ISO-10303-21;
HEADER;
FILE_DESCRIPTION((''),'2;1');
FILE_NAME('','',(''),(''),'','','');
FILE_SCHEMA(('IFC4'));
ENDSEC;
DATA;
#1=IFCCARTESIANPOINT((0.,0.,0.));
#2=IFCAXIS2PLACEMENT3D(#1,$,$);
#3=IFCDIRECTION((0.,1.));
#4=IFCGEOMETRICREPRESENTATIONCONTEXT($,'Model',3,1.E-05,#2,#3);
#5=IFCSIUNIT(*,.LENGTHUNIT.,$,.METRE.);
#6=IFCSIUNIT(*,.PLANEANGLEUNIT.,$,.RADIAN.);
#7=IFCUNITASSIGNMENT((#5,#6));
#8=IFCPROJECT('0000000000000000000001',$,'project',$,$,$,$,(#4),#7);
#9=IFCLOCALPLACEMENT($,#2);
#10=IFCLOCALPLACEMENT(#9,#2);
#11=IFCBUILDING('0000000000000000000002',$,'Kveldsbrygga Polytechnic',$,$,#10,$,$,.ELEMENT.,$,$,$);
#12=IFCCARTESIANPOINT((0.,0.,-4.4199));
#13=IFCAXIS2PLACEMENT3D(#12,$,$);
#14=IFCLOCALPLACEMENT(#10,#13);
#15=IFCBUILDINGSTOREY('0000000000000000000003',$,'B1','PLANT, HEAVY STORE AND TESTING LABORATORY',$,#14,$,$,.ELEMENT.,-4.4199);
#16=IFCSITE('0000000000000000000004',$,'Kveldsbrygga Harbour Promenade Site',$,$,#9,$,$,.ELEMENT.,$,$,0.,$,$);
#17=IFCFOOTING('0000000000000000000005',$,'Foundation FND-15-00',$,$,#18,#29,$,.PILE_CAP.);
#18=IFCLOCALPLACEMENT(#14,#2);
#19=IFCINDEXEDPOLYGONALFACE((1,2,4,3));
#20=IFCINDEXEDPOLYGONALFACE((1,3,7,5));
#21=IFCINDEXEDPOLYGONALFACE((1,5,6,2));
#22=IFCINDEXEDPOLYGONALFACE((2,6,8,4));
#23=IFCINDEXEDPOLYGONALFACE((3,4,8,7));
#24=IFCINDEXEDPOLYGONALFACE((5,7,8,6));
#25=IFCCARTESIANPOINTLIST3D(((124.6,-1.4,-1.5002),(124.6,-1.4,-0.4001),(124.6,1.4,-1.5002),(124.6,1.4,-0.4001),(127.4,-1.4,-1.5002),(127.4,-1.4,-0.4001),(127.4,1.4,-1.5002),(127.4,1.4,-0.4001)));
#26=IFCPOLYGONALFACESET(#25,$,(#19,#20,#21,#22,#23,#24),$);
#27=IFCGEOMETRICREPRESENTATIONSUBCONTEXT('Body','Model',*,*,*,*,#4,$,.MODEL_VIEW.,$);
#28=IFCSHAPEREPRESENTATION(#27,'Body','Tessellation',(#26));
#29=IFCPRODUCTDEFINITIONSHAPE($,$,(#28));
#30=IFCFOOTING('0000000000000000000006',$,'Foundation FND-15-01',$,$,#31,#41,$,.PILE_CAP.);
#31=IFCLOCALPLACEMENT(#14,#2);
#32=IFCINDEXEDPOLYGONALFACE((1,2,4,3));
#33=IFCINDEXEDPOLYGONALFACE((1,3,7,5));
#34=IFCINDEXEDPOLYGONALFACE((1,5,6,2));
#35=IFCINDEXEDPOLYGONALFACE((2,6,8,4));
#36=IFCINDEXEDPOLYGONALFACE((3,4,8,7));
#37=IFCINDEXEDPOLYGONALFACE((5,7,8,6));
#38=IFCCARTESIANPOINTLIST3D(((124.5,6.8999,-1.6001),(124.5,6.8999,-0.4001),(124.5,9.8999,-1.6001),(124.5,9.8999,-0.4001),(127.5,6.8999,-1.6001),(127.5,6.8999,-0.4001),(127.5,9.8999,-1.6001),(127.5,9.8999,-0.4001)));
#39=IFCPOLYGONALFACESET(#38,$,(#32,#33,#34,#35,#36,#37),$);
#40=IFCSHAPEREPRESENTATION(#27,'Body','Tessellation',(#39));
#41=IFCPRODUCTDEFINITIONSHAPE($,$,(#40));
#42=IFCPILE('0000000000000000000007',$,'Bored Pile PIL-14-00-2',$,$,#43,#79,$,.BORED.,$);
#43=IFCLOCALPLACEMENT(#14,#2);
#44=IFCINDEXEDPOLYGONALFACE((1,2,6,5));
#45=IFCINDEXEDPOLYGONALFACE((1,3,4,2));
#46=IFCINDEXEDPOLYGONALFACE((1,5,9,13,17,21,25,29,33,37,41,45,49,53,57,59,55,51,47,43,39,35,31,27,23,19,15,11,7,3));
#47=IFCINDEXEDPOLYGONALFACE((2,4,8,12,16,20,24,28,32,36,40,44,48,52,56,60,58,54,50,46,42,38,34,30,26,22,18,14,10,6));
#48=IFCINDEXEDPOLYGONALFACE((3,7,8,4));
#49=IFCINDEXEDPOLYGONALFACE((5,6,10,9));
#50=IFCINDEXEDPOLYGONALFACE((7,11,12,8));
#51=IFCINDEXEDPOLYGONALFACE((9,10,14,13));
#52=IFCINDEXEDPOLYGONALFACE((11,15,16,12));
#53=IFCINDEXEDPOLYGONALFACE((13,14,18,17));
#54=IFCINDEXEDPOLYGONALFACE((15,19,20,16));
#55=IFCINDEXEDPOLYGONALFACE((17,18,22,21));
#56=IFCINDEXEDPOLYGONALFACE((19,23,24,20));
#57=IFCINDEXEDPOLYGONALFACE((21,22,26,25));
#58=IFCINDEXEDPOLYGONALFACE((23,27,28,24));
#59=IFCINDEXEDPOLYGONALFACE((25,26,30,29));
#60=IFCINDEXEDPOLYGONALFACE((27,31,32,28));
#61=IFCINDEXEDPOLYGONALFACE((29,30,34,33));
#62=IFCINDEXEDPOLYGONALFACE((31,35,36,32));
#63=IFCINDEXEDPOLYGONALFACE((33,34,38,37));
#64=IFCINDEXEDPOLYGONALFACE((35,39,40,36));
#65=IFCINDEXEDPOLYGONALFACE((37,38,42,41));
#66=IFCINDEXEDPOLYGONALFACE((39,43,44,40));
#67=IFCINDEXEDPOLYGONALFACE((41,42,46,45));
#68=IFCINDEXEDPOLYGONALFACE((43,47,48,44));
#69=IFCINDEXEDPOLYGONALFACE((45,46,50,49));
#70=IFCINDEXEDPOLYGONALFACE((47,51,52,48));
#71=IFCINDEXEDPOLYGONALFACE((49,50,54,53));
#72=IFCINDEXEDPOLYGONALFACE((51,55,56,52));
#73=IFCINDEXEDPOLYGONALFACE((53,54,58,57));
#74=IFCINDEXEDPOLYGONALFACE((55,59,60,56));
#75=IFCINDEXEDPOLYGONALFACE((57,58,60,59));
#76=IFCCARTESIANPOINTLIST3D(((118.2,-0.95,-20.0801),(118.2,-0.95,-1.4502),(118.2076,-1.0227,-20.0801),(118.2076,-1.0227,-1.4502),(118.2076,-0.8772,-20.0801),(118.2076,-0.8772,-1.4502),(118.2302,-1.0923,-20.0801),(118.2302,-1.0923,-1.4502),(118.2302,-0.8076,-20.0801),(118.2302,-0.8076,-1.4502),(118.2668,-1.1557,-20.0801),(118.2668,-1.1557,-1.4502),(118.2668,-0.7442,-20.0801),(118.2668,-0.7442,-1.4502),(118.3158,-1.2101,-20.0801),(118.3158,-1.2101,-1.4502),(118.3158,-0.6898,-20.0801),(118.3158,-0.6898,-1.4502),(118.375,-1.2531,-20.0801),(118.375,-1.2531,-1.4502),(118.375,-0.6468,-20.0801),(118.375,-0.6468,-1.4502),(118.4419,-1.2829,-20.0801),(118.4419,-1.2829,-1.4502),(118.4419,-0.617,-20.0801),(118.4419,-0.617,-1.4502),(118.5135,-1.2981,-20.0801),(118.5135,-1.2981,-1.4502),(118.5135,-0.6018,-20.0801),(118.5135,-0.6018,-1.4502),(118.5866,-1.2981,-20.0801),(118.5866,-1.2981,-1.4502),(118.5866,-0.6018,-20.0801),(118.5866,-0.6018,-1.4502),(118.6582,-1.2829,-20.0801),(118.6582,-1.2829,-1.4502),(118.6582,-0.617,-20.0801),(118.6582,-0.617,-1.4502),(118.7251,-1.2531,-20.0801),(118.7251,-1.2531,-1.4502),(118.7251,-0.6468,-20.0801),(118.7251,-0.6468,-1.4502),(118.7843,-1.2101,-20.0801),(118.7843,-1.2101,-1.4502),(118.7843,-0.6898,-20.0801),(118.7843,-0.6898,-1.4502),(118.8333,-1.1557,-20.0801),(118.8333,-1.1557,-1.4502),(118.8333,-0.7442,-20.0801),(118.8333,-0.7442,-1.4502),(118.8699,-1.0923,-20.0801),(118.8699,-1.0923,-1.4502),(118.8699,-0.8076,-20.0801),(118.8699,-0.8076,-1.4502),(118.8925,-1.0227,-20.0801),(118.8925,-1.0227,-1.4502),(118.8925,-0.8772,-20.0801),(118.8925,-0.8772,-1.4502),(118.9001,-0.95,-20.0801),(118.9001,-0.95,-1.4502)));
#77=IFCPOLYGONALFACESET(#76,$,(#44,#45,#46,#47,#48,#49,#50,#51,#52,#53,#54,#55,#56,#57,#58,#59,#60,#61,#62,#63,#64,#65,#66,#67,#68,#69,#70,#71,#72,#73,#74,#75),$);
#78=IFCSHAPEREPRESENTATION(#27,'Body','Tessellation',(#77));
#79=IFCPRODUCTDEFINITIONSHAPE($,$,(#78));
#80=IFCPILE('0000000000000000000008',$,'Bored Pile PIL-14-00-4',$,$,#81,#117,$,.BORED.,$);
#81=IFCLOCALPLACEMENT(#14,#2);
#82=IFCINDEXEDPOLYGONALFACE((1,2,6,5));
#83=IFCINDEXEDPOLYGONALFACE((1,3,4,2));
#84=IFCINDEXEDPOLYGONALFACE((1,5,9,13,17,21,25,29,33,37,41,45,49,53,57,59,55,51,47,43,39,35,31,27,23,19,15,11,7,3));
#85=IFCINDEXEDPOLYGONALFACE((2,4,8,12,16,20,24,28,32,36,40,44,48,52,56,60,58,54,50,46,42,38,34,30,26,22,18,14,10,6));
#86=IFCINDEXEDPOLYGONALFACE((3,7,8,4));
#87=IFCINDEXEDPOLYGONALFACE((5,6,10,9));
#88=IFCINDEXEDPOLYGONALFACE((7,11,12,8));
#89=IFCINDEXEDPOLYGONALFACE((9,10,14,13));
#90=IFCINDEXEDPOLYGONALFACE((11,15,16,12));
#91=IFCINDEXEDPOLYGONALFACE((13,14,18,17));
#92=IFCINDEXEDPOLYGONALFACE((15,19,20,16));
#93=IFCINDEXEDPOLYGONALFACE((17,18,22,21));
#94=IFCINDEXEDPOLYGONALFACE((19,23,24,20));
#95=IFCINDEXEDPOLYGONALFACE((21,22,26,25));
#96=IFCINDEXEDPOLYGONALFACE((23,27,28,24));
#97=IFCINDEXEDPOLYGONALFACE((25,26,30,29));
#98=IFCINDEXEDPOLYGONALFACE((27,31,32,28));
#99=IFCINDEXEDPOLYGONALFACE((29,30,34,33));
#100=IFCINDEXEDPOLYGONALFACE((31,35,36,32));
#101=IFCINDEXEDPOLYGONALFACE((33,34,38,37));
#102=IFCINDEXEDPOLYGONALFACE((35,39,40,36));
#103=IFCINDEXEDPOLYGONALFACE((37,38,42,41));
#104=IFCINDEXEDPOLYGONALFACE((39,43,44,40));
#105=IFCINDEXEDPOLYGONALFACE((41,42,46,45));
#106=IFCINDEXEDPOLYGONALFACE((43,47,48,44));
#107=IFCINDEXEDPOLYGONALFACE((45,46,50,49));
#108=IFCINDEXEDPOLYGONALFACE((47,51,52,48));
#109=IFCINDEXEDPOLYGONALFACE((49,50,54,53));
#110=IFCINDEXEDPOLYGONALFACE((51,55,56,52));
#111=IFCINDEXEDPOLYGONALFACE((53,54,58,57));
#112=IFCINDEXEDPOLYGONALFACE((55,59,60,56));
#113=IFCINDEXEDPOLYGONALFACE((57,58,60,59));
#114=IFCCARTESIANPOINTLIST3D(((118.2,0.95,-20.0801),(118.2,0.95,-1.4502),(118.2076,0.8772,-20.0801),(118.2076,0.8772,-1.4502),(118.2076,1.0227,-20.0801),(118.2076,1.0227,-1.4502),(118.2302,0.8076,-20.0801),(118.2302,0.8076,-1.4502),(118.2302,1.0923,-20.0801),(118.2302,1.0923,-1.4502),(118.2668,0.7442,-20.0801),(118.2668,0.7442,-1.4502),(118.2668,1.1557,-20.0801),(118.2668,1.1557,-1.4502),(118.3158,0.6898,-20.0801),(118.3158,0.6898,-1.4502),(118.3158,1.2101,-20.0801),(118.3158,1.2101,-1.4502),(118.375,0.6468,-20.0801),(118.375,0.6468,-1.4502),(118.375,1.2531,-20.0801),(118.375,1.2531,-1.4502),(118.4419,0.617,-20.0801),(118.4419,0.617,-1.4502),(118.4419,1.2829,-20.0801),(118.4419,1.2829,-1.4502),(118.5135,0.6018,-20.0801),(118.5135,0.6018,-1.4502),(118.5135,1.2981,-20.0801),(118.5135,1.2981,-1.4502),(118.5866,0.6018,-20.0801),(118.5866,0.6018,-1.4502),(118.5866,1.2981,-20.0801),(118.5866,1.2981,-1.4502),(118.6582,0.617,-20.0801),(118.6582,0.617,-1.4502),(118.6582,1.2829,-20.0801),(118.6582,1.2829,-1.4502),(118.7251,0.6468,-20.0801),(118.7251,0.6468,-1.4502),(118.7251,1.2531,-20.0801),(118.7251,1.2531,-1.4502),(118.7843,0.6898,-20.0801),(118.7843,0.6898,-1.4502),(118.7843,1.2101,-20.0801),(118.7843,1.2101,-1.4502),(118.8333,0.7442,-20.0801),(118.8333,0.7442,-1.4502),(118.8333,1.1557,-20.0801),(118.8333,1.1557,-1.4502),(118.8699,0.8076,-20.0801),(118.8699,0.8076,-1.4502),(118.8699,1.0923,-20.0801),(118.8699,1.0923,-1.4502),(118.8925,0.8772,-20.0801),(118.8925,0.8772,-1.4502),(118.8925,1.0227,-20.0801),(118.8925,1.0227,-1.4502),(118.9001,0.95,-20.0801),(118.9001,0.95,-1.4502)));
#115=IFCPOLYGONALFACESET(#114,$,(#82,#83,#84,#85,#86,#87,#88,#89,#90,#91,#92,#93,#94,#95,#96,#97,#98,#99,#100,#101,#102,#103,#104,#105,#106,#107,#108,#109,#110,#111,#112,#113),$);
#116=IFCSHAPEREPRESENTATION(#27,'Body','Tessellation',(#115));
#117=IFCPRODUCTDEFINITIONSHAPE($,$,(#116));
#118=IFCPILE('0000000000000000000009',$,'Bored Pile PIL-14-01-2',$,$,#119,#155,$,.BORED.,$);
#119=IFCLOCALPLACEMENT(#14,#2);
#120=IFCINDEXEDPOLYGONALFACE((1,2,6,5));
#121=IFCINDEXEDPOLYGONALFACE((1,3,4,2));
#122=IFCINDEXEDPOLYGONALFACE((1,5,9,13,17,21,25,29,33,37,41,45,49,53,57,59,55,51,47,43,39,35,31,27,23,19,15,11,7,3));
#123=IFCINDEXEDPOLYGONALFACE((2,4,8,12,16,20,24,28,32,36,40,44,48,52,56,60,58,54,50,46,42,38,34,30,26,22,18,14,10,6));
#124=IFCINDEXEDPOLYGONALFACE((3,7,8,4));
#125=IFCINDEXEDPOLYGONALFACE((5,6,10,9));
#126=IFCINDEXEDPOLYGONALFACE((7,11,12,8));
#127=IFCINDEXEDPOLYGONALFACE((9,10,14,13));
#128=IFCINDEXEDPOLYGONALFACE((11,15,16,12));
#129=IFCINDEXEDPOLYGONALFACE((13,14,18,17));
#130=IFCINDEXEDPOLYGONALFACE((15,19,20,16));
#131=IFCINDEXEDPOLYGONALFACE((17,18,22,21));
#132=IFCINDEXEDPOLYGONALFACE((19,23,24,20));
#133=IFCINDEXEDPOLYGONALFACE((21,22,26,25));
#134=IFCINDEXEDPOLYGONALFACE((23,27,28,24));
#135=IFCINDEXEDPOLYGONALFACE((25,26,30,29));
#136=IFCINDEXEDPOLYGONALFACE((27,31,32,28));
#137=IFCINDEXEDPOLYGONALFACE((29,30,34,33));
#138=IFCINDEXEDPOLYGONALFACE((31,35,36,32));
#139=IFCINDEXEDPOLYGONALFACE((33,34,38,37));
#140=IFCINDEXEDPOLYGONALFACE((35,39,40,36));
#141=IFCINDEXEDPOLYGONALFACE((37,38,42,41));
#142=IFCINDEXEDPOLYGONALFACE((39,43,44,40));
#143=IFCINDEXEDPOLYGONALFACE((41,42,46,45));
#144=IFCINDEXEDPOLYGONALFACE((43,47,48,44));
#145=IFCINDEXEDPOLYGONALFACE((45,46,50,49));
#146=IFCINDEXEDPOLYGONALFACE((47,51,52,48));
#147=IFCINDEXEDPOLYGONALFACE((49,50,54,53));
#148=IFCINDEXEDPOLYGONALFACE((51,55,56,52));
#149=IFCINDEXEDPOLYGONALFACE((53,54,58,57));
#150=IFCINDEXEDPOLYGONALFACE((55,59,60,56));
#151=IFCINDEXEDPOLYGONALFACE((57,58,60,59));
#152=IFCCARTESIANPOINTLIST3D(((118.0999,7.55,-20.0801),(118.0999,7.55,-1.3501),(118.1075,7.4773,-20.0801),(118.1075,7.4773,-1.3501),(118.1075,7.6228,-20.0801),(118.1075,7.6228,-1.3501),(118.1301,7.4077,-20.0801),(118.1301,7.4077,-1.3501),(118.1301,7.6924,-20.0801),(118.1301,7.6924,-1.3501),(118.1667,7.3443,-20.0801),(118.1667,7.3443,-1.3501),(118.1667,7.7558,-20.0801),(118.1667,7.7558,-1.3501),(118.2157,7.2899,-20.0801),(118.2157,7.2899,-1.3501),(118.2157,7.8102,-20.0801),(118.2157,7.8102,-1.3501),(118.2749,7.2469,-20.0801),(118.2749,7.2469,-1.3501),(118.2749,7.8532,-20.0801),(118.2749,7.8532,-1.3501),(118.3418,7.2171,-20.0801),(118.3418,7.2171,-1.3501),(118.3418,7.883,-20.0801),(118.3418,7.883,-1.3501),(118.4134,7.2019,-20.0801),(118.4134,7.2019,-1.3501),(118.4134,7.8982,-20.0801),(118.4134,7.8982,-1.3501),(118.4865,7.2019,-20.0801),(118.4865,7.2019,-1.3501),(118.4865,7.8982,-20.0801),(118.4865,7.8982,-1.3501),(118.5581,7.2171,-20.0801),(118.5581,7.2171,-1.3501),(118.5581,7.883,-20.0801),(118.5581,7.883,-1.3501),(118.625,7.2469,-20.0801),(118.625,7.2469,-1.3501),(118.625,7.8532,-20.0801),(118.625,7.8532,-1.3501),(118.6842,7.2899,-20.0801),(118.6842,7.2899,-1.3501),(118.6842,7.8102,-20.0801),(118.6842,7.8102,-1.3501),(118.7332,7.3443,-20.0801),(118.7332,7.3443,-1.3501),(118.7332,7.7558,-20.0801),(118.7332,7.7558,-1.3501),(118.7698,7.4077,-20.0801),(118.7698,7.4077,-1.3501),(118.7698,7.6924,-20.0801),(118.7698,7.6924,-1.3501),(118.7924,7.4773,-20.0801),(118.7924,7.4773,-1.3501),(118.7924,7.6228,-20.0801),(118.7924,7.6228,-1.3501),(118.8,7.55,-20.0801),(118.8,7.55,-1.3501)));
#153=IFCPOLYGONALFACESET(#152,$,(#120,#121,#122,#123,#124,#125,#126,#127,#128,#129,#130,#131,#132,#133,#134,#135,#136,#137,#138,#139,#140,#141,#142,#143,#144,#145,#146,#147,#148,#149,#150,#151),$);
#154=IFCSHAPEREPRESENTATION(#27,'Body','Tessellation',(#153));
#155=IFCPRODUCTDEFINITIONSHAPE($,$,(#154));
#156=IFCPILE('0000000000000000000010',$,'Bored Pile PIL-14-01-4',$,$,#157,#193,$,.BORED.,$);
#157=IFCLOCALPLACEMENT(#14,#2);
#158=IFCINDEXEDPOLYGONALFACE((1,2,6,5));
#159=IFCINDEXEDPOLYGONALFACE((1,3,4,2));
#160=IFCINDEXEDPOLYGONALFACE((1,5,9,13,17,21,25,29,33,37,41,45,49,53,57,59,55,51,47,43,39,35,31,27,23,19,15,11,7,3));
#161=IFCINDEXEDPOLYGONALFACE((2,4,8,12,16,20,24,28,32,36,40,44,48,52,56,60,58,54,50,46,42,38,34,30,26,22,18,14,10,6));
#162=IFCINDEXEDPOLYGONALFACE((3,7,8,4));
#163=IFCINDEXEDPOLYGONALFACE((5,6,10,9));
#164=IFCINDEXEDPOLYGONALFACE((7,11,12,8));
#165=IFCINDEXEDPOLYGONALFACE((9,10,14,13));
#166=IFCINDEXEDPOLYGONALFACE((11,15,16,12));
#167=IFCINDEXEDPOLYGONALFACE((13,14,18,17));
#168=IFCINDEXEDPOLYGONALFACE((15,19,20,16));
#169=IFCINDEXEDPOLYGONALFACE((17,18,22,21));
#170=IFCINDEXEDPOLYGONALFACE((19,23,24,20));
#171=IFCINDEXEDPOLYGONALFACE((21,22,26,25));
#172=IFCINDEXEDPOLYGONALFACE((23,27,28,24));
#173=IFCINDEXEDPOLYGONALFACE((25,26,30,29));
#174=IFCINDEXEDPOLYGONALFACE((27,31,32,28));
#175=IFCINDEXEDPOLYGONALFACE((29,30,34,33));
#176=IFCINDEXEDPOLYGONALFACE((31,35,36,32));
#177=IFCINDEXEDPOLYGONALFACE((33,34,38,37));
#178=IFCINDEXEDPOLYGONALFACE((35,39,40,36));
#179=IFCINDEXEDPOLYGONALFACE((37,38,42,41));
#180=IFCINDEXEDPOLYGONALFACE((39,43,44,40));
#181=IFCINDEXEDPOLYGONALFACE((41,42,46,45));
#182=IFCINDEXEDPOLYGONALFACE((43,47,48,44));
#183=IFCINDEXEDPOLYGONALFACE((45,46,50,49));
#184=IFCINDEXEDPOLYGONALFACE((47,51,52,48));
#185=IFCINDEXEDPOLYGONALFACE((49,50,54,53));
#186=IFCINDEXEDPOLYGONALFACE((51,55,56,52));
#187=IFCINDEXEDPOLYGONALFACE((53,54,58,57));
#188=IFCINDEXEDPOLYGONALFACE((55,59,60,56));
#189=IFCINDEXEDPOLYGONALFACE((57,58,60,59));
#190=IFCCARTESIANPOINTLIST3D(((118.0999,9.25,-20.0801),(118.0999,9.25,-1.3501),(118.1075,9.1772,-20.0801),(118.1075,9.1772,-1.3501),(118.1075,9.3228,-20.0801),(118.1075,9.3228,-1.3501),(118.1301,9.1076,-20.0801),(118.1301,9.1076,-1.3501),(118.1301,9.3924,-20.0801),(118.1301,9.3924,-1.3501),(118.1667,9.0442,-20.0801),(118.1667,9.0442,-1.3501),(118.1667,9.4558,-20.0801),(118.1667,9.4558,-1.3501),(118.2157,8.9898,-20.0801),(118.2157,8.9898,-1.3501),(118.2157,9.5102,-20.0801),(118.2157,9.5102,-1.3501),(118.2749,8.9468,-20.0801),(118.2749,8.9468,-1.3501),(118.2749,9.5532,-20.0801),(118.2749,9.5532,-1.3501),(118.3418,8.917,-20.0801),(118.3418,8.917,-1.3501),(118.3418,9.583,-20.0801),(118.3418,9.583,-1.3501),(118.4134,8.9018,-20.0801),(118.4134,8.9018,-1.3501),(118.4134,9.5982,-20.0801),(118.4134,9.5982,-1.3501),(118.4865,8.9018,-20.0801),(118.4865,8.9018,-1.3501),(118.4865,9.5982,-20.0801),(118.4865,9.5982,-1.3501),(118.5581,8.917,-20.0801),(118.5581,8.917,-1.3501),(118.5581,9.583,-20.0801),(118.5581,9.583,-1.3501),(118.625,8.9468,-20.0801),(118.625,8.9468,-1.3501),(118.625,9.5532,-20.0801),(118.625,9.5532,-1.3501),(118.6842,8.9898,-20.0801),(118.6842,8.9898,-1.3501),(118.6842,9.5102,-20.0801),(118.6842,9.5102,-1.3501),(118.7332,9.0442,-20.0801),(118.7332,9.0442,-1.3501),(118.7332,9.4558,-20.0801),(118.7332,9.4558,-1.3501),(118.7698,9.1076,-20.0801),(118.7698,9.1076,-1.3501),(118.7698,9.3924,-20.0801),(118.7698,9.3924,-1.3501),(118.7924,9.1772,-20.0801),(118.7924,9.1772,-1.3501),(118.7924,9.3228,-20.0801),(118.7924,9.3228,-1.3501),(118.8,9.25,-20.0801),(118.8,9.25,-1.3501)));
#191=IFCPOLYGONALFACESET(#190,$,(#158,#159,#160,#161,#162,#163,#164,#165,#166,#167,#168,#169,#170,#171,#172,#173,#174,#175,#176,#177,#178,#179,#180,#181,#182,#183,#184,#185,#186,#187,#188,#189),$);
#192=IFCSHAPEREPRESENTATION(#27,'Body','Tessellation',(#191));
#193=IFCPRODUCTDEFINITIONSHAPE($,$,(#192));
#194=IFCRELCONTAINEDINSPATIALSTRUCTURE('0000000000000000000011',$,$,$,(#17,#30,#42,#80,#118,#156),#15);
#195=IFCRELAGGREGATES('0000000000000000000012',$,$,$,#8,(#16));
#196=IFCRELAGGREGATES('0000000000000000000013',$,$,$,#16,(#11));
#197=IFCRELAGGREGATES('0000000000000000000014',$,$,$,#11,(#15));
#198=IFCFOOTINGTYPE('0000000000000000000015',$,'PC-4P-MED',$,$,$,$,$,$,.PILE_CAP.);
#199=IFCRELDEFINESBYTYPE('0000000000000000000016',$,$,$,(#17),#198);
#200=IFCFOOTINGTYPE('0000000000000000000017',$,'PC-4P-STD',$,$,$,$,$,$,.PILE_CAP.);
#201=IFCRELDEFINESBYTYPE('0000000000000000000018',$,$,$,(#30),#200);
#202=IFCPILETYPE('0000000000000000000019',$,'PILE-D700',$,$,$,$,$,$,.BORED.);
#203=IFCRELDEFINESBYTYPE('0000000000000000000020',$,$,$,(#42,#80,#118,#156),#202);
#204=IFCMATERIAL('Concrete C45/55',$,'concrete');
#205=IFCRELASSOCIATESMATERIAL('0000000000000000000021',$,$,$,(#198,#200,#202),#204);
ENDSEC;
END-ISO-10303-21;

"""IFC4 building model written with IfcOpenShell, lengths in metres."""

from ifc_helpers import new_model, si_unit, direction, frame, origin, origin_2d, place, context, subcontext, project, spatial, rectangle, circle, extrude, material, material_profile, profile_set, type_object, element, save


model = new_model("IFC4")

# Units and contexts
model_context = context("Model", 3, precision=1e-05, world=origin(), true_north=direction((0.0, 1.0)))
body_context = subcontext(model_context, "Body", "Model", "MODEL_VIEW")
ifc_project = project(units=[si_unit("LENGTHUNIT", "METRE"), si_unit("PLANEANGLEUNIT", "RADIAN")], contexts=[model_context])

# Site, building, storey
site_placement = place(None, origin())
site = spatial("IfcSite", under=ifc_project, at=site_placement, Name="Kveldsbrygga Harbour Promenade Site", CompositionType="ELEMENT", RefElevation=0.0)
building_placement = place(site_placement, origin())
building = spatial("IfcBuilding", under=site, at=building_placement, Name="Kveldsbrygga Polytechnic", CompositionType="ELEMENT")
storey_placement = place(building_placement, frame((0.0, 0.0, -4.4199)))
storey = spatial("IfcBuildingStorey", under=building, at=storey_placement, Name="B1", Description="PLANT, HEAVY STORE AND TESTING LABORATORY", CompositionType="ELEMENT", Elevation=-4.4199)

# Footings
ifc_material_1 = material(Name="Concrete C45/55", Category="concrete")
footing_type_1 = type_object("IfcFootingType", Name="PC-4P-MED", PredefinedType="PILE_CAP", material=ifc_material_1)
footing_1_placement = place(storey_placement, frame((126.0, 0.0, -1.5002), z_axis=(0.0, 0.0, 1.0), x_axis=(1.0, 0.0, 0.0)))
element("IfcFooting", 1, at=footing_1_placement, inside=storey, type_object=footing_type_1, Name="Foundation FND-15-00", PredefinedType="PILE_CAP", context=body_context, shape_type="SweptSolid", body=[
    extrude(rectangle(XDim=2.8, YDim=2.8, at=origin_2d()), origin(), (0.0, 0.0, 1.0), 1.1001),
])
footing_type_2 = type_object("IfcFootingType", Name="PC-4P-STD", PredefinedType="PILE_CAP", material=ifc_material_1)
footing_2_placement = place(storey_placement, frame((126.0, 8.3999, -1.6001), z_axis=(0.0, 0.0, 1.0), x_axis=(1.0, 0.0, 0.0)))
element("IfcFooting", 2, at=footing_2_placement, inside=storey, type_object=footing_type_2, Name="Foundation FND-15-01", PredefinedType="PILE_CAP", context=body_context, shape_type="SweptSolid", body=[
    extrude(rectangle(XDim=3.0, YDim=3.0, at=origin_2d()), origin(), (0.0, 0.0, 1.0), 1.2),
])

# Piles
ifc_material_profile_1 = material_profile(ifc_material_1, circle(Radius=0.3501, at=origin_2d()), Name="PILE D700")
ifc_profile_set_1 = profile_set([ifc_material_profile_1], Name="Concrete C45/55")
pile_type = type_object("IfcPileType", Name="PILE-D700", PredefinedType="BORED", material=ifc_profile_set_1)
for number, where, z_axis, x_axis, name in (
    (3, (118.55, -0.95, -1.4502), (0.0, 0.0, -1.0), (1.0, 0.0, 0.0), "Bored Pile PIL-14-00-2"),
    (4, (118.55, 0.95, -1.4502), (0.0, 0.0, -1.0), (1.0, 0.0, 0.0), "Bored Pile PIL-14-00-4"),
):
    element("IfcPile", number, at=place(storey_placement, frame(where, z_axis=z_axis, x_axis=x_axis)), inside=storey, type_object=pile_type, Name=name, PredefinedType="BORED", context=body_context, shape_type="SweptSolid", body=[
        extrude(circle(Radius=0.3501, at=origin_2d()), origin(), (0.0, 0.0, 1.0), 18.6299),
    ])
for number, where, z_axis, x_axis, name in (
    (5, (118.45, 7.55, -1.3501), (0.0, 0.0, -1.0), (1.0, 0.0, 0.0), "Bored Pile PIL-14-01-2"),
    (6, (118.45, 9.25, -1.3501), (0.0, 0.0, -1.0), (1.0, 0.0, 0.0), "Bored Pile PIL-14-01-4"),
):
    element("IfcPile", number, at=place(storey_placement, frame(where, z_axis=z_axis, x_axis=x_axis)), inside=storey, type_object=pile_type, Name=name, PredefinedType="BORED", context=body_context, shape_type="SweptSolid", body=[
        extrude(circle(Radius=0.3501, at=origin_2d()), origin(), (0.0, 0.0, 1.0), 18.73),
    ])

save(model, "model.ifc")
